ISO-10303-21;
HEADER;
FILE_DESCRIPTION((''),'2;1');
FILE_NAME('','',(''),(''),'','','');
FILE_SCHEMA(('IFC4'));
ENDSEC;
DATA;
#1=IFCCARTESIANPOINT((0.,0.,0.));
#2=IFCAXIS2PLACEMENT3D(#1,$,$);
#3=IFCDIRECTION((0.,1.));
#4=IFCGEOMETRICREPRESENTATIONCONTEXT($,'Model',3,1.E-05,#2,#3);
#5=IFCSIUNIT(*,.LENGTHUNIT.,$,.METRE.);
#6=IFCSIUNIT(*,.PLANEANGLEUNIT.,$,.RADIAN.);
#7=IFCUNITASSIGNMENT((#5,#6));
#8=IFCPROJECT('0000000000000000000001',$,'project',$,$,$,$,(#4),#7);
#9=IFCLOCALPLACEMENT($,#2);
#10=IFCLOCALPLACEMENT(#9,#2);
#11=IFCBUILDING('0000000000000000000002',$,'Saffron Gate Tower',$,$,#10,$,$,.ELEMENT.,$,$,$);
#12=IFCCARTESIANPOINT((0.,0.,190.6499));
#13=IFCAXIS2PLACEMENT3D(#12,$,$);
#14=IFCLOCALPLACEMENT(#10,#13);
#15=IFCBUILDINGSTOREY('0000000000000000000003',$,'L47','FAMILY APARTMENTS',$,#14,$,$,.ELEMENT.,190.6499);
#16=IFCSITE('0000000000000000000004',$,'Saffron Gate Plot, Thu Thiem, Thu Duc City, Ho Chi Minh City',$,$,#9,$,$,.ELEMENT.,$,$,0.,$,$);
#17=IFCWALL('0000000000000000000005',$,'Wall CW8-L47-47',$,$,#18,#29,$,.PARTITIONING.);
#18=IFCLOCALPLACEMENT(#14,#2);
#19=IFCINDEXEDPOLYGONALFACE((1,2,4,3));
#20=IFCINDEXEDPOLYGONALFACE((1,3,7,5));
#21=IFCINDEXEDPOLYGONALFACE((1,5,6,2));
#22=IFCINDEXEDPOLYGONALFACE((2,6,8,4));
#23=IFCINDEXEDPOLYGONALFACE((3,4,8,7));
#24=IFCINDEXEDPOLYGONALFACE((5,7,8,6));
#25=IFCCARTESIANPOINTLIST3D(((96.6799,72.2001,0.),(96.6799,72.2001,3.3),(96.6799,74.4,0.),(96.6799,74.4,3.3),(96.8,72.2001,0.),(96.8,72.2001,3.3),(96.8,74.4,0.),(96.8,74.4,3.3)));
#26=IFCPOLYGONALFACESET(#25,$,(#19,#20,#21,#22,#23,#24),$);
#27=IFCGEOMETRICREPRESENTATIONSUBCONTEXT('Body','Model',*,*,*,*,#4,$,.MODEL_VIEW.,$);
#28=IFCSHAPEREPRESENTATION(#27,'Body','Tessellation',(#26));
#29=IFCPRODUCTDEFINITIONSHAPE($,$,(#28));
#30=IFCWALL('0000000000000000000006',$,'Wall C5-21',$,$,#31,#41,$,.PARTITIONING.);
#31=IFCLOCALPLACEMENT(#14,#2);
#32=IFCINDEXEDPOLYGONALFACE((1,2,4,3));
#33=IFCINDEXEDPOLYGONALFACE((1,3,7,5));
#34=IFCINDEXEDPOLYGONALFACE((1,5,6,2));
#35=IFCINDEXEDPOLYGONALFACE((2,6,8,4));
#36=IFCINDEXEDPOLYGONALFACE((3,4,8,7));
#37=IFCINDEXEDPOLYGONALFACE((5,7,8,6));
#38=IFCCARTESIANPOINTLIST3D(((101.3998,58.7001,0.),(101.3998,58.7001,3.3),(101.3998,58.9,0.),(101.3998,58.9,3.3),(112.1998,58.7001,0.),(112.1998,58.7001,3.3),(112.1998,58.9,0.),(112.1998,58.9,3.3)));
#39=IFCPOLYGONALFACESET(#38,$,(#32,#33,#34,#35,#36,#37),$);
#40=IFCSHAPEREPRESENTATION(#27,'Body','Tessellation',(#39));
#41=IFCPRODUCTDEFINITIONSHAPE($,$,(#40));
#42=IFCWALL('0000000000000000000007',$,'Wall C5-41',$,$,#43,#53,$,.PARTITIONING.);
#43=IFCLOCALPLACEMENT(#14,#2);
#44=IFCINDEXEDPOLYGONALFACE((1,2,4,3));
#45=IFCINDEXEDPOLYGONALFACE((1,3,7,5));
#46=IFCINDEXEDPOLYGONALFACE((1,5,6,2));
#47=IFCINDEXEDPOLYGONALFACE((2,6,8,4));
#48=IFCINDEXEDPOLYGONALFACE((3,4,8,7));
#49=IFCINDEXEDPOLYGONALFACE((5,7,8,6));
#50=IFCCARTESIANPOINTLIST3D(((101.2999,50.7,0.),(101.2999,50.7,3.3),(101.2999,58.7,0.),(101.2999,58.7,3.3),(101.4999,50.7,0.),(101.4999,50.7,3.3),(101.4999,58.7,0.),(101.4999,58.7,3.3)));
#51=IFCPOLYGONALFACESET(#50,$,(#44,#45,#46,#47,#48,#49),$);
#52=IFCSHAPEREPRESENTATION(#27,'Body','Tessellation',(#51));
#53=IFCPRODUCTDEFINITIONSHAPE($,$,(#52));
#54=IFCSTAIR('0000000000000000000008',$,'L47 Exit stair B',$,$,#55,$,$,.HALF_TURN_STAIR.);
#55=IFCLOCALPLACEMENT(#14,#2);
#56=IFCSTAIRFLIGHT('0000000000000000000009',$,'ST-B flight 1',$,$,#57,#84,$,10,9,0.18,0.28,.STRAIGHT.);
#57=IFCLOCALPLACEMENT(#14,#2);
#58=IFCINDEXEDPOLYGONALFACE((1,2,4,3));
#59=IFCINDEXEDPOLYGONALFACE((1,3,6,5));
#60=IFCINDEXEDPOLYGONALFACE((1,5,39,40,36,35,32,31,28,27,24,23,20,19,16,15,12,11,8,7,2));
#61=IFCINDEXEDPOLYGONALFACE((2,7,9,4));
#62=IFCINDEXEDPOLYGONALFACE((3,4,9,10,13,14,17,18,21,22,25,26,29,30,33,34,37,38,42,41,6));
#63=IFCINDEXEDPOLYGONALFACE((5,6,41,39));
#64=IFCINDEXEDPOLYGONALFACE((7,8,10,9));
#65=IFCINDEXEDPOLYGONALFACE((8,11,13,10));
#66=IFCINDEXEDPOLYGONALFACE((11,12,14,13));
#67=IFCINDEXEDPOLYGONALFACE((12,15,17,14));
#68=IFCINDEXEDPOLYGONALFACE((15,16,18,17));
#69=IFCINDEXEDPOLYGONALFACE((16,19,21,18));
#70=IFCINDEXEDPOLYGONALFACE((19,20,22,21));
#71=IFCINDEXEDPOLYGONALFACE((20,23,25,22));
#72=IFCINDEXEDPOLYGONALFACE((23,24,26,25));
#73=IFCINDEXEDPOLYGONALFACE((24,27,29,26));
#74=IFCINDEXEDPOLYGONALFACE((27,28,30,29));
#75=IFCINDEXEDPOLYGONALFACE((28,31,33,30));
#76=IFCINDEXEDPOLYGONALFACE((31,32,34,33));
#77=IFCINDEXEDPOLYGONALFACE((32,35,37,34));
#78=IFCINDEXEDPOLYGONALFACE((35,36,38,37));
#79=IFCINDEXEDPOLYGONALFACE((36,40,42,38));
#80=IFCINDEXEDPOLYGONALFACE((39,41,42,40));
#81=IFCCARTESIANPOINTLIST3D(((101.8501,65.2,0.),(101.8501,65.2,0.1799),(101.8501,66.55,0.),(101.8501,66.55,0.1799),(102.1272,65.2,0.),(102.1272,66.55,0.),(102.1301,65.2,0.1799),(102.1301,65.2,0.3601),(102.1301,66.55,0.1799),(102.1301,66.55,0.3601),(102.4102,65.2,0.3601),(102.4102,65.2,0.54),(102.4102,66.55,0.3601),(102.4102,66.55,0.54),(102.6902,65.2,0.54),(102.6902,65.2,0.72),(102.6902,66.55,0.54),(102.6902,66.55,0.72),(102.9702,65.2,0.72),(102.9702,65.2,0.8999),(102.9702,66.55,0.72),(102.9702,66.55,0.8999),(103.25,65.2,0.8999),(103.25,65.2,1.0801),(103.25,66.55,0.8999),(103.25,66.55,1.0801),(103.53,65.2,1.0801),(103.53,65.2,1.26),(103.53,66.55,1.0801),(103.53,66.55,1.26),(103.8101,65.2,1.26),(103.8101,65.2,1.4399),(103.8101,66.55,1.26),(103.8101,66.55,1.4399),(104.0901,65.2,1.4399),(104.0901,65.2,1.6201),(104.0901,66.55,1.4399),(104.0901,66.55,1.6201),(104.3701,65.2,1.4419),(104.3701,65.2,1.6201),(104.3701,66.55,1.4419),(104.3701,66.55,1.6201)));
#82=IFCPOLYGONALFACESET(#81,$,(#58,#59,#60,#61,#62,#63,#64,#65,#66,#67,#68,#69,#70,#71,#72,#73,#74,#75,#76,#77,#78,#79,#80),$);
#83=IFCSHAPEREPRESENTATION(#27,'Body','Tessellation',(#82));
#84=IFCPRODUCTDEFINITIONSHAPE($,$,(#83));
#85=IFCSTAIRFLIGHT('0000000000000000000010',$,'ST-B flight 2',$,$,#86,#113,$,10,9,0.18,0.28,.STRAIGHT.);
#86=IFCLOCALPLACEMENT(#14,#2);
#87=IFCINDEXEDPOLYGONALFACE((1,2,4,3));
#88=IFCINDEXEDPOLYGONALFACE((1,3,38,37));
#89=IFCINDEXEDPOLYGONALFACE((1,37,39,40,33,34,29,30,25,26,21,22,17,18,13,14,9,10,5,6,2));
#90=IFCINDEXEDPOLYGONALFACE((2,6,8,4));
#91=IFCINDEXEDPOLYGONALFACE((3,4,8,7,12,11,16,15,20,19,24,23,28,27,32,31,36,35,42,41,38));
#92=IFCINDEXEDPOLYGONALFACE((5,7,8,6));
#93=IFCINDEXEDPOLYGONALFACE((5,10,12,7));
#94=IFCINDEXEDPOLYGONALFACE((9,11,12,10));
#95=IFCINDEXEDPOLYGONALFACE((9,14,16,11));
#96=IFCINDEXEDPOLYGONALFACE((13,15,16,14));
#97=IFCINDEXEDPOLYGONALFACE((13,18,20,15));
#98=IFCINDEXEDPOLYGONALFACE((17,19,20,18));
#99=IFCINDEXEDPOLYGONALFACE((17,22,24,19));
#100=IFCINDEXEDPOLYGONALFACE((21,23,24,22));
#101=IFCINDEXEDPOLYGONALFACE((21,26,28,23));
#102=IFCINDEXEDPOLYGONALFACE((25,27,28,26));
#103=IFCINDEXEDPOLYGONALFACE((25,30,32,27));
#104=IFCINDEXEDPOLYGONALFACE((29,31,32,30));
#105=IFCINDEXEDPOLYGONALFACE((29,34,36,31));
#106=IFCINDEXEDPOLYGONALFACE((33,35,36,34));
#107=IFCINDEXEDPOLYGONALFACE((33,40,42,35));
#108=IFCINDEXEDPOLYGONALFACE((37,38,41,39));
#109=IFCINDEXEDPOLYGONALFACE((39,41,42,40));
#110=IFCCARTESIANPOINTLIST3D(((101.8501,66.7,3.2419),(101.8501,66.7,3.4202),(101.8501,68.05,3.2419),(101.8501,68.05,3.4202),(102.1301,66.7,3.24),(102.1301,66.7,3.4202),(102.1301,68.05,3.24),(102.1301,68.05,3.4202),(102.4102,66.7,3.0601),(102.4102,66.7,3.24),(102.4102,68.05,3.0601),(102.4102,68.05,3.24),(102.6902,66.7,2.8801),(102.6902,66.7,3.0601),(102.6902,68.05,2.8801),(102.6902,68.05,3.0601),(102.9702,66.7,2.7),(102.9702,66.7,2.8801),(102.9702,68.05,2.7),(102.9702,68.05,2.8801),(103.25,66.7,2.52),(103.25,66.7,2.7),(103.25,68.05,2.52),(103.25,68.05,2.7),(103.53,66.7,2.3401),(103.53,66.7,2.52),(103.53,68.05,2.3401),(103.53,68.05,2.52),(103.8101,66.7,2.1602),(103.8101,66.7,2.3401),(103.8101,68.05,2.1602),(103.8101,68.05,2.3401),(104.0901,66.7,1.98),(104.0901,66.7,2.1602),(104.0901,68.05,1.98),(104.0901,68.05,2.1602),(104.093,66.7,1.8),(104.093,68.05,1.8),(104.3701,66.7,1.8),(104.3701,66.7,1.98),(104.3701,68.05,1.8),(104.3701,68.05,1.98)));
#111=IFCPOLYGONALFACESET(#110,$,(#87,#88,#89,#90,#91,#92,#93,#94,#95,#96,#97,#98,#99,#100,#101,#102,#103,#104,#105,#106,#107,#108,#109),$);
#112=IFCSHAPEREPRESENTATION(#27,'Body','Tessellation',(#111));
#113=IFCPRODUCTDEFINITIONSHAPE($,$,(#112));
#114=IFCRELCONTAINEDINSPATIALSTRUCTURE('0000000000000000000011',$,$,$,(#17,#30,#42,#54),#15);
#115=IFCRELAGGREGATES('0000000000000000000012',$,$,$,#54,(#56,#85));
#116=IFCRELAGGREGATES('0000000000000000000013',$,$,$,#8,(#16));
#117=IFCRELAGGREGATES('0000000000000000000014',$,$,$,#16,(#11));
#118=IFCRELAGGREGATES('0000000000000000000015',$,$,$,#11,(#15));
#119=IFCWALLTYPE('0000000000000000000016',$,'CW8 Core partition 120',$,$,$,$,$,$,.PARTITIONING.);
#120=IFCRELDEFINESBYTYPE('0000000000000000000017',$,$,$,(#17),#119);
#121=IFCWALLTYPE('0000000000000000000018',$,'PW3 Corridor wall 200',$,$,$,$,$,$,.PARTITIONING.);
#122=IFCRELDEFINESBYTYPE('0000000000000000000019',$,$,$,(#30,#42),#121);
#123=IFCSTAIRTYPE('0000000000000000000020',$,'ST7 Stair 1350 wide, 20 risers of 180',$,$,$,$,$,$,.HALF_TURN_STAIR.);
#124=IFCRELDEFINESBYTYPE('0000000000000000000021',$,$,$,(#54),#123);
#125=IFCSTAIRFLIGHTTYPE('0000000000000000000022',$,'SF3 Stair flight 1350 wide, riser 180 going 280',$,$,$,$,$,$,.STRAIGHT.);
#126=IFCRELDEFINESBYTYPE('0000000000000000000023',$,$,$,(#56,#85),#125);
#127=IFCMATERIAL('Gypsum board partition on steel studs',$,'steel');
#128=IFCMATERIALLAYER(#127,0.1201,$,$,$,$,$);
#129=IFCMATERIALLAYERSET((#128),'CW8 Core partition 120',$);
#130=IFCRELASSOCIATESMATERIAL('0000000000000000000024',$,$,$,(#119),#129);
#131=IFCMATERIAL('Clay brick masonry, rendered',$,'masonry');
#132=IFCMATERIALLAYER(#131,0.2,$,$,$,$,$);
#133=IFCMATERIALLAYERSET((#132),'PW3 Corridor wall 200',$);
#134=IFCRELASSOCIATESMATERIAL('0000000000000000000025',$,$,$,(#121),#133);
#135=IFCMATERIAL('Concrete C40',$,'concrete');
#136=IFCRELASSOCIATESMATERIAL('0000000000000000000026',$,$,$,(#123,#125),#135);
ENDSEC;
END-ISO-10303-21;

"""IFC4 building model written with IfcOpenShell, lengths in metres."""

from ifc_helpers import new_model, si_unit, direction, frame, frame_2d, origin, place, context, subcontext, project, spatial, polyline, rectangle, outline, extrude, material, layer, layer_set, type_object, element, aggregate, save


model = new_model("IFC4")

# Units and contexts
model_context = context("Model", 3, precision=1e-05, world=origin(), true_north=direction((0.0, 1.0)))
body_context = subcontext(model_context, "Body", "Model", "MODEL_VIEW")
ifc_project = project(units=[si_unit("LENGTHUNIT", "METRE"), si_unit("PLANEANGLEUNIT", "RADIAN")], contexts=[model_context])

# Site, building, storey
site_placement = place(None, origin())
site = spatial("IfcSite", under=ifc_project, at=site_placement, Name="Saffron Gate Plot, Thu Thiem, Thu Duc City, Ho Chi Minh City", CompositionType="ELEMENT", RefElevation=0.0)
building_placement = place(site_placement, origin())
building = spatial("IfcBuilding", under=site, at=building_placement, Name="Saffron Gate Tower", CompositionType="ELEMENT")
storey_placement = place(building_placement, frame((0.0, 0.0, 190.6499)))
storey = spatial("IfcBuildingStorey", under=building, at=storey_placement, Name="L47", Description="FAMILY APARTMENTS", CompositionType="ELEMENT", Elevation=190.6499)

# Shared definitions
ifc_material_1 = material(Name="Gypsum board partition on steel studs", Category="steel")
ifc_layer_1 = layer(ifc_material_1, 0.1201)
ifc_layer_set_1 = layer_set([ifc_layer_1], Name="CW8 Core partition 120")
wall_type_1 = type_object("IfcWallType", Name="CW8 Core partition 120", PredefinedType="PARTITIONING", material=ifc_layer_set_1)

# Walls
wall_1_placement = place(storey_placement, frame((96.74, 72.2, 0.0), z_axis=(0.0, 0.0, 1.0), x_axis=(0.0, 1.0, 0.0)))
element("IfcWall", 1, at=wall_1_placement, inside=storey, type_object=wall_type_1, Name="Wall CW8-L47-47", PredefinedType="PARTITIONING", context=body_context, shape_type="SweptSolid", body=[
    extrude(rectangle(XDim=2.2, YDim=0.1201, at=frame_2d((1.1001, 0.0))), origin(), (0.0, 0.0, 1.0), 3.3),
])
ifc_material_2 = material(Name="Clay brick masonry, rendered", Category="masonry")
ifc_layer_2 = layer(ifc_material_2, 0.2)
ifc_layer_set_2 = layer_set([ifc_layer_2], Name="PW3 Corridor wall 200")
wall_type_2 = type_object("IfcWallType", Name="PW3 Corridor wall 200", PredefinedType="PARTITIONING", material=ifc_layer_set_2)
wall_2_placement = place(storey_placement, frame((101.3999, 58.8, 0.0), z_axis=(0.0, 0.0, 1.0), x_axis=(1.0, 0.0, 0.0)))
element("IfcWall", 2, at=wall_2_placement, inside=storey, type_object=wall_type_2, Name="Wall C5-21", PredefinedType="PARTITIONING", context=body_context, shape_type="SweptSolid", body=[
    extrude(rectangle(XDim=10.8, YDim=0.2, at=frame_2d((5.3999, 0.0))), origin(), (0.0, 0.0, 1.0), 3.3),
])
wall_3_placement = place(storey_placement, frame((101.3999, 58.7, 0.0), z_axis=(0.0, 0.0, 1.0), x_axis=(0.0, -1.0, 0.0)))
element("IfcWall", 3, at=wall_3_placement, inside=storey, type_object=wall_type_2, Name="Wall C5-41", PredefinedType="PARTITIONING", context=body_context, shape_type="SweptSolid", body=[
    extrude(rectangle(XDim=8.0, YDim=0.2, at=frame_2d((4.0, 0.0))), origin(), (0.0, 0.0, 1.0), 3.3),
])

# Stair, stair flights
ifc_material_3 = material(Name="Concrete C40", Category="concrete")
stair_type = type_object("IfcStairType", Name="ST7 Stair 1350 wide, 20 risers of 180", PredefinedType="HALF_TURN_STAIR", material=ifc_material_3)
stair_placement = place(storey_placement, origin())
stair = element("IfcStair", 4, at=stair_placement, inside=storey, type_object=stair_type, Name="L47 Exit stair B", PredefinedType="HALF_TURN_STAIR")
stair_flight_type = type_object("IfcStairFlightType", Name="SF3 Stair flight 1350 wide, riser 180 going 280", PredefinedType="STRAIGHT", material=ifc_material_3)
stair_flight_1_placement = place(storey_placement, frame((101.8501, 65.875, 0.0), z_axis=(0.0, 0.0, 1.0), x_axis=(1.0, 0.0, 0.0)))
stair_flight_1 = element("IfcStairFlight", 5, at=stair_flight_1_placement, type_object=stair_flight_type, Name="ST-B flight 1", NumberOfRisers=10, NumberOfTreads=9, PredefinedType="STRAIGHT", RiserHeight=0.18, TreadLength=0.28, context=body_context, shape_type="SweptSolid", body=[
    extrude(outline(polyline([(0.0, 0.0), (0.0, 0.1799), (0.28, 0.1799), (0.28, 0.3601), (0.5601, 0.3601), (0.5601, 0.54), (0.8401, 0.54), (0.8401, 0.72), (1.1201, 0.72), (1.1201, 0.8999), (1.3999, 0.8999), (1.3999, 1.0801), (1.6799, 1.0801), (1.6799, 1.26), (1.96, 1.26), (1.96, 1.4399), (2.24, 1.4399), (2.24, 1.6201), (2.52, 1.6201), (2.52, 1.8), (2.52, 1.4419), (0.2771, 0.0), (0.0, 0.0)])), frame((0.0, 0.675, 0.0), z_axis=(0.0, -1.0, 0.0), x_axis=(1.0, 0.0, 0.0)), (0.0, 0.0, 1.0), 1.3501),
])
stair_flight_2_placement = place(storey_placement, frame((104.3701, 67.375, 1.8), z_axis=(0.0, 0.0, 1.0), x_axis=(-1.0, 0.0, 0.0)))
stair_flight_2 = element("IfcStairFlight", 6, at=stair_flight_2_placement, type_object=stair_flight_type, Name="ST-B flight 2", NumberOfRisers=10, NumberOfTreads=9, PredefinedType="STRAIGHT", RiserHeight=0.18, TreadLength=0.28, context=body_context, shape_type="SweptSolid", body=[
    extrude(outline(polyline([(0.0, 0.0), (0.0, 0.1799), (0.28, 0.1799), (0.28, 0.3601), (0.5601, 0.3601), (0.5601, 0.54), (0.8401, 0.54), (0.8401, 0.72), (1.1201, 0.72), (1.1201, 0.8999), (1.3999, 0.8999), (1.3999, 1.0801), (1.6799, 1.0801), (1.6799, 1.26), (1.96, 1.26), (1.96, 1.4399), (2.24, 1.4399), (2.24, 1.6201), (2.52, 1.6201), (2.52, 1.8), (2.52, 1.4419), (0.2771, 0.0), (0.0, 0.0)])), frame((0.0, 0.675, 0.0), z_axis=(0.0, -1.0, 0.0), x_axis=(1.0, 0.0, 0.0)), (0.0, 0.0, 1.0), 1.3501),
])
aggregate(stair, [stair_flight_1, stair_flight_2])

save(model, "model.ifc")
